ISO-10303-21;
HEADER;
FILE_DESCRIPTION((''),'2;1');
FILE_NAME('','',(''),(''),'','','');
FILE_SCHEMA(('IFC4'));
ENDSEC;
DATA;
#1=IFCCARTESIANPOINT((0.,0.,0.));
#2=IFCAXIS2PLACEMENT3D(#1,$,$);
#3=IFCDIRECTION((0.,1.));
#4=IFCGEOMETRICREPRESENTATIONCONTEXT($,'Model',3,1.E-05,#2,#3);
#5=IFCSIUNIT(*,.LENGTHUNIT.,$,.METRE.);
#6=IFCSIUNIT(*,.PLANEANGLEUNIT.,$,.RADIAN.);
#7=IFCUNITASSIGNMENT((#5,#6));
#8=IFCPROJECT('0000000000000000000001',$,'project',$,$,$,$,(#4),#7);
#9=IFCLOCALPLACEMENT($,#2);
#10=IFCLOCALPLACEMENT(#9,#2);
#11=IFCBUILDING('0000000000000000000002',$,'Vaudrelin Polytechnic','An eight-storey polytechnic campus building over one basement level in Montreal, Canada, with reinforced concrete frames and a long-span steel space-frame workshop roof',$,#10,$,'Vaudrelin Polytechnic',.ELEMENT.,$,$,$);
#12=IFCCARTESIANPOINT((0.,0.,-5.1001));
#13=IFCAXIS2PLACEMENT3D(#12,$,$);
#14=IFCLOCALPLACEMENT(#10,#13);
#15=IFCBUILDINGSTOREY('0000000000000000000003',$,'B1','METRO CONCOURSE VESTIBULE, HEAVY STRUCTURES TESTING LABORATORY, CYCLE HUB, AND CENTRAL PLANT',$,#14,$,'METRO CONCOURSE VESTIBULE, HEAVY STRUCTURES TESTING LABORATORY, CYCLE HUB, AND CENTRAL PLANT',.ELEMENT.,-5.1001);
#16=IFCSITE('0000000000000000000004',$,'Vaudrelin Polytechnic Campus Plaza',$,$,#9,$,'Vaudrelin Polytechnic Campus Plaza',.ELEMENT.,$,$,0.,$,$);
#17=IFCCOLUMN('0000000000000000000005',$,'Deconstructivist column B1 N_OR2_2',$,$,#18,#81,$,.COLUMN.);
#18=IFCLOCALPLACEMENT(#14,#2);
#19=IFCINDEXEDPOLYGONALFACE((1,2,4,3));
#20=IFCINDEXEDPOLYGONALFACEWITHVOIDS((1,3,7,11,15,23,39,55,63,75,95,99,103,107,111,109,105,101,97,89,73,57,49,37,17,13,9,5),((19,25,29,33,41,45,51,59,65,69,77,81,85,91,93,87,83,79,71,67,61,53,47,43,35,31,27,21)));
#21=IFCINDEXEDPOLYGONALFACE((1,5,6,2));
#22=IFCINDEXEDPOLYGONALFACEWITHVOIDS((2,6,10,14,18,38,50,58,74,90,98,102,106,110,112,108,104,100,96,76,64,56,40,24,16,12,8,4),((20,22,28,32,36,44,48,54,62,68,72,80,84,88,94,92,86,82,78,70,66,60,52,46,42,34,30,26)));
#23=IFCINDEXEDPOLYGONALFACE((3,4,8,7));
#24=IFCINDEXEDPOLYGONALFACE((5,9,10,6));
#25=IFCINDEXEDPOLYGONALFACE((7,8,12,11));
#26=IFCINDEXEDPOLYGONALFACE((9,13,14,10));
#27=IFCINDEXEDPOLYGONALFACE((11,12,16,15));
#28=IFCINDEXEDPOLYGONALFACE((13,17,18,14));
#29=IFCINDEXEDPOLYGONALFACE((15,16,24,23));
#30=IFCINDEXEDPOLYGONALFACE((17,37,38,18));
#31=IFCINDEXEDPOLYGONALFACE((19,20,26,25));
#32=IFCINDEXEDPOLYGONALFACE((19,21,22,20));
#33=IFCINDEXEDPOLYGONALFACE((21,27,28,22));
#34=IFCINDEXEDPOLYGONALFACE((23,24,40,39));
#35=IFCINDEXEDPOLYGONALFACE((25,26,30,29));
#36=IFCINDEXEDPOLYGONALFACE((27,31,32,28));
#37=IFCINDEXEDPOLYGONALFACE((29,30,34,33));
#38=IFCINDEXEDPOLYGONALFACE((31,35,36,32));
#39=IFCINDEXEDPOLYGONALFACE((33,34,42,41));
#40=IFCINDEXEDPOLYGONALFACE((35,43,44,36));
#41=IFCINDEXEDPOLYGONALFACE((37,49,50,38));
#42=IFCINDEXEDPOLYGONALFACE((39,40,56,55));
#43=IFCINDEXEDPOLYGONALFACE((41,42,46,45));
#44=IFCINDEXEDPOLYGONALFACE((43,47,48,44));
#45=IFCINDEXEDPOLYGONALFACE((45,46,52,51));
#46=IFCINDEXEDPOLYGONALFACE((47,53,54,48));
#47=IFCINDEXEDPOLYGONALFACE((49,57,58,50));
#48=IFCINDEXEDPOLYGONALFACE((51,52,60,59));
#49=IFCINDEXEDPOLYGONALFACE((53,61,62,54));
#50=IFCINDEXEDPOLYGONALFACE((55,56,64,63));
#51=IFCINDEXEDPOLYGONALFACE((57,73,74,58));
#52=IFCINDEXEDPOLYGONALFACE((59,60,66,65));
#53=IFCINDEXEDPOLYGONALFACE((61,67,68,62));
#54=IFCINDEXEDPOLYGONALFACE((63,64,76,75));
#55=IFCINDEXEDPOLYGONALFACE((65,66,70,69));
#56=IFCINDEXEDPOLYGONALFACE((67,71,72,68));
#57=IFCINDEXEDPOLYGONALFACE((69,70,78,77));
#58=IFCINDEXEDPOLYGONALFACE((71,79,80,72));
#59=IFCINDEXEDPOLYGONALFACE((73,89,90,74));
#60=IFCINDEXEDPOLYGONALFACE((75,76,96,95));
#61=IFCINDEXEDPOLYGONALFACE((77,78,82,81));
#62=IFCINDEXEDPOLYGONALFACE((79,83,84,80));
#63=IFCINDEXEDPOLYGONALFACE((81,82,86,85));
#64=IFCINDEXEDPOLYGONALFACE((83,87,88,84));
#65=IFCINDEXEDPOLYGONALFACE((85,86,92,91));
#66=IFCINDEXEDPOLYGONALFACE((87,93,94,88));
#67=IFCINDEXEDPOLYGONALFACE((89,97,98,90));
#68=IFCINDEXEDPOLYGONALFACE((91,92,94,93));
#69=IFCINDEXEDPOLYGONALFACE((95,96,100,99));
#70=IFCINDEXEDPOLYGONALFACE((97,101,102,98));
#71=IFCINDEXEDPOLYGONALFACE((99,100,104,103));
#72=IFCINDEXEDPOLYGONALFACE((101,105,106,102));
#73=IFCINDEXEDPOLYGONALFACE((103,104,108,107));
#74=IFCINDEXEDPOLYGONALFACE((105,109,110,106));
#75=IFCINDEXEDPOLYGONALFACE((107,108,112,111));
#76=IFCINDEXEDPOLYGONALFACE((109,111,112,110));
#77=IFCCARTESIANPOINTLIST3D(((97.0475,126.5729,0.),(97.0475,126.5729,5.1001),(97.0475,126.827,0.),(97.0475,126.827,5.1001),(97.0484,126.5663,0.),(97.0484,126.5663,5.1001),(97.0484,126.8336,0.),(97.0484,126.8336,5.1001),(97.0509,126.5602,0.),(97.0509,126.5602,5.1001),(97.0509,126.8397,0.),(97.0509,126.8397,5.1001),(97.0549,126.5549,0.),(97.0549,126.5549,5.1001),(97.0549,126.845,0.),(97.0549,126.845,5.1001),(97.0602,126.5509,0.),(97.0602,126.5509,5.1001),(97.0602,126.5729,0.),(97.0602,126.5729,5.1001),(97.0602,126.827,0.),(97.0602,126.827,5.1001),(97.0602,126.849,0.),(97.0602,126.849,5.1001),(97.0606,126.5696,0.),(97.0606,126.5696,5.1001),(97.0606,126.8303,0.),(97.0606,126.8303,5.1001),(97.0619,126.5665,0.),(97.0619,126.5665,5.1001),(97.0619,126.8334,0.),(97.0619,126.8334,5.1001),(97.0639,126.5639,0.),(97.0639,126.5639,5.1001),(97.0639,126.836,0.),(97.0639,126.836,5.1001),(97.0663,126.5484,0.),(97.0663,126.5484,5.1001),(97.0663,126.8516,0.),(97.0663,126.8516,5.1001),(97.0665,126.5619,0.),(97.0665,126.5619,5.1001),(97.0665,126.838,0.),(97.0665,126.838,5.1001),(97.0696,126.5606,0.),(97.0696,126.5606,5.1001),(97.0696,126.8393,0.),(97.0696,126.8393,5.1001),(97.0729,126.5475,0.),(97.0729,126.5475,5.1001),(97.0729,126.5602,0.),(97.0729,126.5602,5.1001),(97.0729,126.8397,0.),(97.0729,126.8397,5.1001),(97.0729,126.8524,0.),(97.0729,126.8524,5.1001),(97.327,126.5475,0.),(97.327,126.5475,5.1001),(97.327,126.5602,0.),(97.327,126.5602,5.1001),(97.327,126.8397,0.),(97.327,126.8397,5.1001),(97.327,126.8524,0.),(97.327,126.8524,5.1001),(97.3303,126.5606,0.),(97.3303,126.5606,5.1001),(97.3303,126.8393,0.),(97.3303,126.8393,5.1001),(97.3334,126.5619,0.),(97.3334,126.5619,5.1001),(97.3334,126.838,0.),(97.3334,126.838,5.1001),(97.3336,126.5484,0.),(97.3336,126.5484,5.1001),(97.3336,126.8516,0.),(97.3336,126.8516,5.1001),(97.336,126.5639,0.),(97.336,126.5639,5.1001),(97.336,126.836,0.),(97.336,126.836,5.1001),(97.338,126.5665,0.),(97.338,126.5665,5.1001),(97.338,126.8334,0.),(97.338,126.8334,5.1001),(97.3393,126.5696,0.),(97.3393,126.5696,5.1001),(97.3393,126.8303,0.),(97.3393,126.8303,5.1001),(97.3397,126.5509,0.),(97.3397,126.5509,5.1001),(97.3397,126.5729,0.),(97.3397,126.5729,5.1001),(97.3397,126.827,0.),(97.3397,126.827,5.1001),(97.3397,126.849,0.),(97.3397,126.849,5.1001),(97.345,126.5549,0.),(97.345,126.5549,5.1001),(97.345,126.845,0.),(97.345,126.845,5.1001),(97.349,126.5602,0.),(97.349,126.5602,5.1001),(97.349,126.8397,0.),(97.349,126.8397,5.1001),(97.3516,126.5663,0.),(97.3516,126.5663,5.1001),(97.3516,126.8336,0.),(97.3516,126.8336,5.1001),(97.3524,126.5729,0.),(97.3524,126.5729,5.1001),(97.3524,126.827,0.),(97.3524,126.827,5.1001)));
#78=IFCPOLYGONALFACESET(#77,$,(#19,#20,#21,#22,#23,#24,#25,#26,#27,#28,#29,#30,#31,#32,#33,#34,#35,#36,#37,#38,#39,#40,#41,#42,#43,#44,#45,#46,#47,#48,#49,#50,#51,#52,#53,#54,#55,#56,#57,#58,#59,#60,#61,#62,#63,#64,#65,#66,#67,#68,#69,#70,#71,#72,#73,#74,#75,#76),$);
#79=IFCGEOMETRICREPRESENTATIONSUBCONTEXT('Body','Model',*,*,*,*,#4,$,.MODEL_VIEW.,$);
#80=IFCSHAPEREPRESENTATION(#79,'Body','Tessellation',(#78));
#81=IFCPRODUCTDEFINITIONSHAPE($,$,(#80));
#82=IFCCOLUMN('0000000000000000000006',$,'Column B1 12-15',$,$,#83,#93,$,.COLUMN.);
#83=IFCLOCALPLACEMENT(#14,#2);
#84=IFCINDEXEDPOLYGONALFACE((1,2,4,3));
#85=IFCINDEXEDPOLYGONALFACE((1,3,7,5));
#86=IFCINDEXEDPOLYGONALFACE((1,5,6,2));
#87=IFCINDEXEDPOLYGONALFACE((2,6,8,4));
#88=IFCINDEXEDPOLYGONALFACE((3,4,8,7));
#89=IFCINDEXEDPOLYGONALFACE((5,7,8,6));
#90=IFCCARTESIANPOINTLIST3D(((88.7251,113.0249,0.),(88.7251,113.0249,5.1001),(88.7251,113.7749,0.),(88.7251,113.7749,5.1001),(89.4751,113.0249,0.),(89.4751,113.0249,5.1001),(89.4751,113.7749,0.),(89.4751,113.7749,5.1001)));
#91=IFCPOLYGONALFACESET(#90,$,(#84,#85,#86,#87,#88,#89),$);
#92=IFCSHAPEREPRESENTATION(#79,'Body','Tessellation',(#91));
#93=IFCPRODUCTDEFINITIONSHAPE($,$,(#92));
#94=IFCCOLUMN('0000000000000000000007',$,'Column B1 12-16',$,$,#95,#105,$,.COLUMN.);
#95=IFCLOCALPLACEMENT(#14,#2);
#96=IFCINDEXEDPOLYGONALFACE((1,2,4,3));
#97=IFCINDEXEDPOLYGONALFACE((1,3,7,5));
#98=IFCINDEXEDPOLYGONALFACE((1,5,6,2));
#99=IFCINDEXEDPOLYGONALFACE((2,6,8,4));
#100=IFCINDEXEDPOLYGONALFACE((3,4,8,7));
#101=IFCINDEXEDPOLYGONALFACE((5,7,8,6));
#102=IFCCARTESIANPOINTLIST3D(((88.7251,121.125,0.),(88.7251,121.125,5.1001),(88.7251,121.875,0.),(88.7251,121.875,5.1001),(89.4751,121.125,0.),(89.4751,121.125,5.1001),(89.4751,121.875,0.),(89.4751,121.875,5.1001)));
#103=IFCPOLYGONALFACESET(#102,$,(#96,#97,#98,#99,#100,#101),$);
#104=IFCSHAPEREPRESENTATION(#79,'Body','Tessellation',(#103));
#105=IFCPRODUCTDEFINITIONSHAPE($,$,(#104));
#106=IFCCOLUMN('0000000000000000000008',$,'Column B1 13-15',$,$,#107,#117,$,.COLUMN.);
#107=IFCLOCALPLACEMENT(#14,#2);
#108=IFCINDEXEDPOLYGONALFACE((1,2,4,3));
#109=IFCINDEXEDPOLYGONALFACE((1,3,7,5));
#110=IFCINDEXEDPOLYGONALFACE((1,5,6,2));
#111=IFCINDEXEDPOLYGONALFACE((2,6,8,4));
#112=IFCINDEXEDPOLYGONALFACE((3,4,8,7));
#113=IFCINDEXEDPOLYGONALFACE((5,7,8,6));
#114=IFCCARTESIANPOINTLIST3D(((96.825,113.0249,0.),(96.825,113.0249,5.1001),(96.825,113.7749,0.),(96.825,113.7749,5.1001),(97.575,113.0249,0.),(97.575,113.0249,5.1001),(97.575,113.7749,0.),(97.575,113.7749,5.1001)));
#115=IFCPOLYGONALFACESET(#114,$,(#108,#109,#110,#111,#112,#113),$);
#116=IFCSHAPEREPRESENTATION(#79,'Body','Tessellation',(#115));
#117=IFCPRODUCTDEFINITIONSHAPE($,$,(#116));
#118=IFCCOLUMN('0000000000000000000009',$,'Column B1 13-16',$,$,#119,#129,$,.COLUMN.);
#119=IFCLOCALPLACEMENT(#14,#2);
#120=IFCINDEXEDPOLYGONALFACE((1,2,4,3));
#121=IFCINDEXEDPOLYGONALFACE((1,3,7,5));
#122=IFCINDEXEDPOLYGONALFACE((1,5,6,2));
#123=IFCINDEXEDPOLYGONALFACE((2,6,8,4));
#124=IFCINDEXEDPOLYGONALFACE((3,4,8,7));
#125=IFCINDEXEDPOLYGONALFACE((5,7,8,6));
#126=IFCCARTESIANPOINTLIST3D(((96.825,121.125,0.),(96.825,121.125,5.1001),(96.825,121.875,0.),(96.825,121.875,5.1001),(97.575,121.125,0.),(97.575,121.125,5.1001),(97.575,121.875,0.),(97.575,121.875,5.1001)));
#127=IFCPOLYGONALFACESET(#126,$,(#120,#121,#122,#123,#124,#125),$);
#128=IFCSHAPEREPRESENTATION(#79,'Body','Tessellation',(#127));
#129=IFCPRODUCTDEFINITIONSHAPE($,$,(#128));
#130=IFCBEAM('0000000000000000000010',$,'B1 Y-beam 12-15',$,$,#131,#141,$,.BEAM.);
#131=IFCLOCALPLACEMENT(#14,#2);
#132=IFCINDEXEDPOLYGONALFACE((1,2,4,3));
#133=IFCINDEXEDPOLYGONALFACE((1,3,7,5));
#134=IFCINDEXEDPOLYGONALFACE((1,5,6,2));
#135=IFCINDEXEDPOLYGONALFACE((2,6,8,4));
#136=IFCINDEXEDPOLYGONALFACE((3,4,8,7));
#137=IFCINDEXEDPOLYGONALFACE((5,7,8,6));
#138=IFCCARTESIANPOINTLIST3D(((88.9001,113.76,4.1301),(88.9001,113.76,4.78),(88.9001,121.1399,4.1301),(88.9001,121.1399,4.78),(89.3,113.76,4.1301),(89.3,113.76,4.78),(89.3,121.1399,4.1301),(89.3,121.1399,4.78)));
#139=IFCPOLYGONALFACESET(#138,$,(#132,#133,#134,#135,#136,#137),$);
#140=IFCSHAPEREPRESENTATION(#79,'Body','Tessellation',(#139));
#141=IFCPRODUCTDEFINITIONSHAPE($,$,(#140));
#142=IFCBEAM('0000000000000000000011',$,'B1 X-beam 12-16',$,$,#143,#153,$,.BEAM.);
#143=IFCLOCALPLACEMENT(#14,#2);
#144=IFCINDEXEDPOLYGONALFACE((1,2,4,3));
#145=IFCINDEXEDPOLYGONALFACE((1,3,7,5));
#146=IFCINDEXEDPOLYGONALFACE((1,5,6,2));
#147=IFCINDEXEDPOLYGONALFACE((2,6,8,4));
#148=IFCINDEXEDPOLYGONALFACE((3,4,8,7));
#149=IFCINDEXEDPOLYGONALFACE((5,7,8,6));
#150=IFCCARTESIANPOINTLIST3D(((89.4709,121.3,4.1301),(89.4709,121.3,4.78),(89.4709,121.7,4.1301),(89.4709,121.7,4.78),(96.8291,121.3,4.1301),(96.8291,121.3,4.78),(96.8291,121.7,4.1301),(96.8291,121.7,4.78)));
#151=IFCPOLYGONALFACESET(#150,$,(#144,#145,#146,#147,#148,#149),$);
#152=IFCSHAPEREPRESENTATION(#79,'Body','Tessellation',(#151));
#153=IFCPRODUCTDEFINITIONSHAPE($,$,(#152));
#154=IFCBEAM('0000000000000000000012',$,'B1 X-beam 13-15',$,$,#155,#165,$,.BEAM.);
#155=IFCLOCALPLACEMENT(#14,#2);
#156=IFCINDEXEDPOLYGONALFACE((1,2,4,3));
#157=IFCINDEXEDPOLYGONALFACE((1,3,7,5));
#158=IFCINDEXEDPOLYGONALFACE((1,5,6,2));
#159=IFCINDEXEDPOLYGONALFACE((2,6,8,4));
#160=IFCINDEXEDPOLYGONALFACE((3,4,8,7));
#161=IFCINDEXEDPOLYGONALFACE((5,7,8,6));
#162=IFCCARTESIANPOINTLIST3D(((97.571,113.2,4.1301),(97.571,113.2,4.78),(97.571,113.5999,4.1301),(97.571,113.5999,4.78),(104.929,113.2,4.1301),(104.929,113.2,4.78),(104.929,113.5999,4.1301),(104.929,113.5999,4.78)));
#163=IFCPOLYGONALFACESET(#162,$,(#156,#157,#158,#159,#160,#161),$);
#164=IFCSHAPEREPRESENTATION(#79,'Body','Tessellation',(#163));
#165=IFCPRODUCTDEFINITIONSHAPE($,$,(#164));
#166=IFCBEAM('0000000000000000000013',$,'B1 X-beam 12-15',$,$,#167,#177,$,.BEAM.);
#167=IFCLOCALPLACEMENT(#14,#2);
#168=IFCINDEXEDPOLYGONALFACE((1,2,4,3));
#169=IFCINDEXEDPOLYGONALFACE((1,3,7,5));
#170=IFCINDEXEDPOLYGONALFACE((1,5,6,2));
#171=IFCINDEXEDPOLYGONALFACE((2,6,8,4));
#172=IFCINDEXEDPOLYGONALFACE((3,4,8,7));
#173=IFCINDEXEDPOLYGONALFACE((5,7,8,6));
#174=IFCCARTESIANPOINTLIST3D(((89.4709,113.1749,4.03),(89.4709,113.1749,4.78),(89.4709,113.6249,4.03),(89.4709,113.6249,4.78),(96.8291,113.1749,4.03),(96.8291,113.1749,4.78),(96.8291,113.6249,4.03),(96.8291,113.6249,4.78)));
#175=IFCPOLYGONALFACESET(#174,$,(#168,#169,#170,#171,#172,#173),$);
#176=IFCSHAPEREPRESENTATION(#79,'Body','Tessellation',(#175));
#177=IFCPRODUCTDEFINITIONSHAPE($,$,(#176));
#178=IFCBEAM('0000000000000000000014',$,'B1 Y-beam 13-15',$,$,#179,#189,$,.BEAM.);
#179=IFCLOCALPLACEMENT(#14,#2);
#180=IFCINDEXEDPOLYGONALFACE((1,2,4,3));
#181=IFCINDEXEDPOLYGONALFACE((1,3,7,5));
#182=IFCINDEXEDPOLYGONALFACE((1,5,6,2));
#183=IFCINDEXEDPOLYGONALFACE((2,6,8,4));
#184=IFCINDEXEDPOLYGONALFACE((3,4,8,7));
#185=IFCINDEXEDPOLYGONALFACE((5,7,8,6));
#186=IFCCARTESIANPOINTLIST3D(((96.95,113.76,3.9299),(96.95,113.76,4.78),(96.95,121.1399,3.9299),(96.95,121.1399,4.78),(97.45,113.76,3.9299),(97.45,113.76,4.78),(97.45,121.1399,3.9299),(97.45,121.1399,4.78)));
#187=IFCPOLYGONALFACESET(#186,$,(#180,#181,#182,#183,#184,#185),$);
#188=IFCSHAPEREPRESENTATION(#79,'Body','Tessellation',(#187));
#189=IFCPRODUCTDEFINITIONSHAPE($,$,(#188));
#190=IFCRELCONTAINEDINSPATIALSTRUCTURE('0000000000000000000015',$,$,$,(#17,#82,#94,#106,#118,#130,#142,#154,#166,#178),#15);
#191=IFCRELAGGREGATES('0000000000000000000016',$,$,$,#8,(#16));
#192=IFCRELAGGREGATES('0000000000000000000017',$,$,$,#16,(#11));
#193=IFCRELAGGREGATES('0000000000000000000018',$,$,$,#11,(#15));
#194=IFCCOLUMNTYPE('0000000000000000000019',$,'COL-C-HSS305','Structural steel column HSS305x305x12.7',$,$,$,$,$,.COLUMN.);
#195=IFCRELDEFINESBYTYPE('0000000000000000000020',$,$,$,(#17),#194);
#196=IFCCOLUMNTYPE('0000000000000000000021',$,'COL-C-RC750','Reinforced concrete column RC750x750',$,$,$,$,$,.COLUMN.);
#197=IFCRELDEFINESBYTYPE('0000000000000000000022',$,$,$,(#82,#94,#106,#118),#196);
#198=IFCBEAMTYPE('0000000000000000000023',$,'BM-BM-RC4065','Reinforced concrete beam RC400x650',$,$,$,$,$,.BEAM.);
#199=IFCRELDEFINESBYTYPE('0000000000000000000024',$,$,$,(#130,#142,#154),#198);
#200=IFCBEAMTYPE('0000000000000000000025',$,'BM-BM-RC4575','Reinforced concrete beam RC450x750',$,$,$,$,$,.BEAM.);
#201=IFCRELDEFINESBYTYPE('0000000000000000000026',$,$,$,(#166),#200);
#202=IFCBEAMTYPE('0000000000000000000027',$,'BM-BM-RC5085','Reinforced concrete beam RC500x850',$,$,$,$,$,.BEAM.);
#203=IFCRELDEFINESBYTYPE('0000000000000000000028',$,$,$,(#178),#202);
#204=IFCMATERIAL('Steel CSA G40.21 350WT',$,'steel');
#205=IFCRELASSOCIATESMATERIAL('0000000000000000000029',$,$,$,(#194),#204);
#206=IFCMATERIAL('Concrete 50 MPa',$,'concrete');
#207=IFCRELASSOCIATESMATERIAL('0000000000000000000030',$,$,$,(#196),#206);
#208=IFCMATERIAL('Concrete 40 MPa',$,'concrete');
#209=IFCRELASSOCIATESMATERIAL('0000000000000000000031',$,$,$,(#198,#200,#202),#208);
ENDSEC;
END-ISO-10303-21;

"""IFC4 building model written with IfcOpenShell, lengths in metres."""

from ifc_helpers import new_model, si_unit, direction, frame, origin, origin_2d, place, context, subcontext, project, spatial, rectangle, hollow_rectangle, extrude, material, material_profile, profile_set, type_object, element, save


model = new_model("IFC4")

# Units and contexts
model_context = context("Model", 3, precision=1e-05, world=origin(), true_north=direction((0.0, 1.0)))
body_context = subcontext(model_context, "Body", "Model", "MODEL_VIEW")
ifc_project = project(units=[si_unit("LENGTHUNIT", "METRE"), si_unit("PLANEANGLEUNIT", "RADIAN")], contexts=[model_context])

# Site, building, storey
site_placement = place(None, origin())
site = spatial("IfcSite", under=ifc_project, at=site_placement, Name="Vaudrelin Polytechnic Campus Plaza", LongName="Vaudrelin Polytechnic Campus Plaza", CompositionType="ELEMENT", RefElevation=0.0)
building_placement = place(site_placement, origin())
building = spatial("IfcBuilding", under=site, at=building_placement, Name="Vaudrelin Polytechnic", Description="An eight-storey polytechnic campus building over one basement level in Montreal, Canada, with reinforced concrete frames and a long-span steel space-frame workshop roof", LongName="Vaudrelin Polytechnic", CompositionType="ELEMENT")
storey_placement = place(building_placement, frame((0.0, 0.0, -5.1001)))
storey = spatial("IfcBuildingStorey", under=building, at=storey_placement, Name="B1", Description="METRO CONCOURSE VESTIBULE, HEAVY STRUCTURES TESTING LABORATORY, CYCLE HUB, AND CENTRAL PLANT", LongName="METRO CONCOURSE VESTIBULE, HEAVY STRUCTURES TESTING LABORATORY, CYCLE HUB, AND CENTRAL PLANT", CompositionType="ELEMENT", Elevation=-5.1001)

# Shared definitions
ifc_material_1 = material(Name="Concrete 40 MPa", Category="concrete")

# Columns
ifc_material_2 = material(Name="Steel CSA G40.21 350WT", Category="steel")
ifc_material_profile_1 = material_profile(ifc_material_2, hollow_rectangle(XDim=0.3049, YDim=0.3049, WallThickness=0.0127, InnerFilletRadius=0.0127, OuterFilletRadius=0.0254, at=origin_2d()), Name="HSS305x305x12.7")
ifc_profile_set_1 = profile_set([ifc_material_profile_1], Name="Steel CSA G40.21 350WT")
column_type_1 = type_object("IfcColumnType", Name="COL-C-HSS305", Description="Structural steel column HSS305x305x12.7", PredefinedType="COLUMN", material=ifc_profile_set_1)
column_placement = place(storey_placement, frame((97.2, 126.7, 0.0), z_axis=(0.0, 0.0, 1.0), x_axis=(1.0, 0.0, 0.0)))
element("IfcColumn", 1, at=column_placement, inside=storey, type_object=column_type_1, Name="Deconstructivist column B1 N_OR2_2", PredefinedType="COLUMN", context=body_context, shape_type="SweptSolid", body=[
    extrude(hollow_rectangle(XDim=0.3049, YDim=0.3049, WallThickness=0.0127, InnerFilletRadius=0.0127, OuterFilletRadius=0.0254, at=origin_2d()), origin(), (0.0, 0.0, 1.0), 5.1001),
])
ifc_material_3 = material(Name="Concrete 50 MPa", Category="concrete")
ifc_material_profile_2 = material_profile(ifc_material_3, rectangle(XDim=0.75, YDim=0.75, at=origin_2d()), Name="RC750x750")
ifc_profile_set_2 = profile_set([ifc_material_profile_2], Name="Concrete 50 MPa")
column_type_2 = type_object("IfcColumnType", Name="COL-C-RC750", Description="Reinforced concrete column RC750x750", PredefinedType="COLUMN", material=ifc_profile_set_2)
for number, where, z_axis, x_axis, name in (
    (2, (89.1001, 113.3999, 0.0), (0.0, 0.0, 1.0), (1.0, 0.0, 0.0), "Column B1 12-15"),
    (3, (89.1001, 121.5, 0.0), (0.0, 0.0, 1.0), (1.0, 0.0, 0.0), "Column B1 12-16"),
    (4, (97.2, 113.3999, 0.0), (0.0, 0.0, 1.0), (1.0, 0.0, 0.0), "Column B1 13-15"),
    (5, (97.2, 121.5, 0.0), (0.0, 0.0, 1.0), (1.0, 0.0, 0.0), "Column B1 13-16"),
):
    element("IfcColumn", number, at=place(storey_placement, frame(where, z_axis=z_axis, x_axis=x_axis)), inside=storey, type_object=column_type_2, Name=name, PredefinedType="COLUMN", context=body_context, shape_type="SweptSolid", body=[
        extrude(rectangle(XDim=0.75, YDim=0.75, at=origin_2d()), origin(), (0.0, 0.0, 1.0), 5.1001),
    ])

# Beams
ifc_material_profile_3 = material_profile(ifc_material_1, rectangle(XDim=0.3999, YDim=0.6499, at=origin_2d()), Name="RC400x650")
ifc_profile_set_3 = profile_set([ifc_material_profile_3], Name="Concrete 40 MPa")
beam_type_1 = type_object("IfcBeamType", Name="BM-BM-RC4065", Description="Reinforced concrete beam RC400x650", PredefinedType="BEAM", material=ifc_profile_set_3)
beam_1_placement = place(storey_placement, frame((89.1001, 113.76, 4.4551), z_axis=(0.0, 1.0, 0.0), x_axis=(-1.0, 0.0, 0.0)))
element("IfcBeam", 6, at=beam_1_placement, inside=storey, type_object=beam_type_1, Name="B1 Y-beam 12-15", PredefinedType="BEAM", context=body_context, shape_type="SweptSolid", body=[
    extrude(rectangle(XDim=0.3999, YDim=0.6499, at=origin_2d()), origin(), (0.0, 0.0, 1.0), 7.3799),
])
beam_2_placement = place(storey_placement, frame((89.4709, 121.5, 4.4551), z_axis=(1.0, 0.0, 0.0), x_axis=(0.0, 1.0, 0.0)))
element("IfcBeam", 7, at=beam_2_placement, inside=storey, type_object=beam_type_1, Name="B1 X-beam 12-16", PredefinedType="BEAM", context=body_context, shape_type="SweptSolid", body=[
    extrude(rectangle(XDim=0.3999, YDim=0.6499, at=origin_2d()), origin(), (0.0, 0.0, 1.0), 7.3582),
])
beam_3_placement = place(storey_placement, frame((97.571, 113.3999, 4.4551), z_axis=(1.0, 0.0, 0.0), x_axis=(0.0, 1.0, 0.0)))
element("IfcBeam", 8, at=beam_3_placement, inside=storey, type_object=beam_type_1, Name="B1 X-beam 13-15", PredefinedType="BEAM", context=body_context, shape_type="SweptSolid", body=[
    extrude(rectangle(XDim=0.3999, YDim=0.6499, at=origin_2d()), origin(), (0.0, 0.0, 1.0), 7.3579),
])
ifc_material_profile_4 = material_profile(ifc_material_1, rectangle(XDim=0.45, YDim=0.75, at=origin_2d()), Name="RC450x750")
ifc_profile_set_4 = profile_set([ifc_material_profile_4], Name="Concrete 40 MPa")
beam_type_2 = type_object("IfcBeamType", Name="BM-BM-RC4575", Description="Reinforced concrete beam RC450x750", PredefinedType="BEAM", material=ifc_profile_set_4)
beam_4_placement = place(storey_placement, frame((89.4709, 113.3999, 4.405), z_axis=(1.0, 0.0, 0.0), x_axis=(0.0, 1.0, 0.0)))
element("IfcBeam", 9, at=beam_4_placement, inside=storey, type_object=beam_type_2, Name="B1 X-beam 12-15", PredefinedType="BEAM", context=body_context, shape_type="SweptSolid", body=[
    extrude(rectangle(XDim=0.45, YDim=0.75, at=origin_2d()), origin(), (0.0, 0.0, 1.0), 7.3582),
])
ifc_material_profile_5 = material_profile(ifc_material_1, rectangle(XDim=0.5, YDim=0.8501, at=origin_2d()), Name="RC500x850")
ifc_profile_set_5 = profile_set([ifc_material_profile_5], Name="Concrete 40 MPa")
beam_type_3 = type_object("IfcBeamType", Name="BM-BM-RC5085", Description="Reinforced concrete beam RC500x850", PredefinedType="BEAM", material=ifc_profile_set_5)
beam_5_placement = place(storey_placement, frame((97.2, 113.76, 4.355), z_axis=(0.0, 1.0, 0.0), x_axis=(-1.0, 0.0, 0.0)))
element("IfcBeam", 10, at=beam_5_placement, inside=storey, type_object=beam_type_3, Name="B1 Y-beam 13-15", PredefinedType="BEAM", context=body_context, shape_type="SweptSolid", body=[
    extrude(rectangle(XDim=0.5, YDim=0.8501, at=origin_2d()), origin(), (0.0, 0.0, 1.0), 7.3799),
])

save(model, "model.ifc")
